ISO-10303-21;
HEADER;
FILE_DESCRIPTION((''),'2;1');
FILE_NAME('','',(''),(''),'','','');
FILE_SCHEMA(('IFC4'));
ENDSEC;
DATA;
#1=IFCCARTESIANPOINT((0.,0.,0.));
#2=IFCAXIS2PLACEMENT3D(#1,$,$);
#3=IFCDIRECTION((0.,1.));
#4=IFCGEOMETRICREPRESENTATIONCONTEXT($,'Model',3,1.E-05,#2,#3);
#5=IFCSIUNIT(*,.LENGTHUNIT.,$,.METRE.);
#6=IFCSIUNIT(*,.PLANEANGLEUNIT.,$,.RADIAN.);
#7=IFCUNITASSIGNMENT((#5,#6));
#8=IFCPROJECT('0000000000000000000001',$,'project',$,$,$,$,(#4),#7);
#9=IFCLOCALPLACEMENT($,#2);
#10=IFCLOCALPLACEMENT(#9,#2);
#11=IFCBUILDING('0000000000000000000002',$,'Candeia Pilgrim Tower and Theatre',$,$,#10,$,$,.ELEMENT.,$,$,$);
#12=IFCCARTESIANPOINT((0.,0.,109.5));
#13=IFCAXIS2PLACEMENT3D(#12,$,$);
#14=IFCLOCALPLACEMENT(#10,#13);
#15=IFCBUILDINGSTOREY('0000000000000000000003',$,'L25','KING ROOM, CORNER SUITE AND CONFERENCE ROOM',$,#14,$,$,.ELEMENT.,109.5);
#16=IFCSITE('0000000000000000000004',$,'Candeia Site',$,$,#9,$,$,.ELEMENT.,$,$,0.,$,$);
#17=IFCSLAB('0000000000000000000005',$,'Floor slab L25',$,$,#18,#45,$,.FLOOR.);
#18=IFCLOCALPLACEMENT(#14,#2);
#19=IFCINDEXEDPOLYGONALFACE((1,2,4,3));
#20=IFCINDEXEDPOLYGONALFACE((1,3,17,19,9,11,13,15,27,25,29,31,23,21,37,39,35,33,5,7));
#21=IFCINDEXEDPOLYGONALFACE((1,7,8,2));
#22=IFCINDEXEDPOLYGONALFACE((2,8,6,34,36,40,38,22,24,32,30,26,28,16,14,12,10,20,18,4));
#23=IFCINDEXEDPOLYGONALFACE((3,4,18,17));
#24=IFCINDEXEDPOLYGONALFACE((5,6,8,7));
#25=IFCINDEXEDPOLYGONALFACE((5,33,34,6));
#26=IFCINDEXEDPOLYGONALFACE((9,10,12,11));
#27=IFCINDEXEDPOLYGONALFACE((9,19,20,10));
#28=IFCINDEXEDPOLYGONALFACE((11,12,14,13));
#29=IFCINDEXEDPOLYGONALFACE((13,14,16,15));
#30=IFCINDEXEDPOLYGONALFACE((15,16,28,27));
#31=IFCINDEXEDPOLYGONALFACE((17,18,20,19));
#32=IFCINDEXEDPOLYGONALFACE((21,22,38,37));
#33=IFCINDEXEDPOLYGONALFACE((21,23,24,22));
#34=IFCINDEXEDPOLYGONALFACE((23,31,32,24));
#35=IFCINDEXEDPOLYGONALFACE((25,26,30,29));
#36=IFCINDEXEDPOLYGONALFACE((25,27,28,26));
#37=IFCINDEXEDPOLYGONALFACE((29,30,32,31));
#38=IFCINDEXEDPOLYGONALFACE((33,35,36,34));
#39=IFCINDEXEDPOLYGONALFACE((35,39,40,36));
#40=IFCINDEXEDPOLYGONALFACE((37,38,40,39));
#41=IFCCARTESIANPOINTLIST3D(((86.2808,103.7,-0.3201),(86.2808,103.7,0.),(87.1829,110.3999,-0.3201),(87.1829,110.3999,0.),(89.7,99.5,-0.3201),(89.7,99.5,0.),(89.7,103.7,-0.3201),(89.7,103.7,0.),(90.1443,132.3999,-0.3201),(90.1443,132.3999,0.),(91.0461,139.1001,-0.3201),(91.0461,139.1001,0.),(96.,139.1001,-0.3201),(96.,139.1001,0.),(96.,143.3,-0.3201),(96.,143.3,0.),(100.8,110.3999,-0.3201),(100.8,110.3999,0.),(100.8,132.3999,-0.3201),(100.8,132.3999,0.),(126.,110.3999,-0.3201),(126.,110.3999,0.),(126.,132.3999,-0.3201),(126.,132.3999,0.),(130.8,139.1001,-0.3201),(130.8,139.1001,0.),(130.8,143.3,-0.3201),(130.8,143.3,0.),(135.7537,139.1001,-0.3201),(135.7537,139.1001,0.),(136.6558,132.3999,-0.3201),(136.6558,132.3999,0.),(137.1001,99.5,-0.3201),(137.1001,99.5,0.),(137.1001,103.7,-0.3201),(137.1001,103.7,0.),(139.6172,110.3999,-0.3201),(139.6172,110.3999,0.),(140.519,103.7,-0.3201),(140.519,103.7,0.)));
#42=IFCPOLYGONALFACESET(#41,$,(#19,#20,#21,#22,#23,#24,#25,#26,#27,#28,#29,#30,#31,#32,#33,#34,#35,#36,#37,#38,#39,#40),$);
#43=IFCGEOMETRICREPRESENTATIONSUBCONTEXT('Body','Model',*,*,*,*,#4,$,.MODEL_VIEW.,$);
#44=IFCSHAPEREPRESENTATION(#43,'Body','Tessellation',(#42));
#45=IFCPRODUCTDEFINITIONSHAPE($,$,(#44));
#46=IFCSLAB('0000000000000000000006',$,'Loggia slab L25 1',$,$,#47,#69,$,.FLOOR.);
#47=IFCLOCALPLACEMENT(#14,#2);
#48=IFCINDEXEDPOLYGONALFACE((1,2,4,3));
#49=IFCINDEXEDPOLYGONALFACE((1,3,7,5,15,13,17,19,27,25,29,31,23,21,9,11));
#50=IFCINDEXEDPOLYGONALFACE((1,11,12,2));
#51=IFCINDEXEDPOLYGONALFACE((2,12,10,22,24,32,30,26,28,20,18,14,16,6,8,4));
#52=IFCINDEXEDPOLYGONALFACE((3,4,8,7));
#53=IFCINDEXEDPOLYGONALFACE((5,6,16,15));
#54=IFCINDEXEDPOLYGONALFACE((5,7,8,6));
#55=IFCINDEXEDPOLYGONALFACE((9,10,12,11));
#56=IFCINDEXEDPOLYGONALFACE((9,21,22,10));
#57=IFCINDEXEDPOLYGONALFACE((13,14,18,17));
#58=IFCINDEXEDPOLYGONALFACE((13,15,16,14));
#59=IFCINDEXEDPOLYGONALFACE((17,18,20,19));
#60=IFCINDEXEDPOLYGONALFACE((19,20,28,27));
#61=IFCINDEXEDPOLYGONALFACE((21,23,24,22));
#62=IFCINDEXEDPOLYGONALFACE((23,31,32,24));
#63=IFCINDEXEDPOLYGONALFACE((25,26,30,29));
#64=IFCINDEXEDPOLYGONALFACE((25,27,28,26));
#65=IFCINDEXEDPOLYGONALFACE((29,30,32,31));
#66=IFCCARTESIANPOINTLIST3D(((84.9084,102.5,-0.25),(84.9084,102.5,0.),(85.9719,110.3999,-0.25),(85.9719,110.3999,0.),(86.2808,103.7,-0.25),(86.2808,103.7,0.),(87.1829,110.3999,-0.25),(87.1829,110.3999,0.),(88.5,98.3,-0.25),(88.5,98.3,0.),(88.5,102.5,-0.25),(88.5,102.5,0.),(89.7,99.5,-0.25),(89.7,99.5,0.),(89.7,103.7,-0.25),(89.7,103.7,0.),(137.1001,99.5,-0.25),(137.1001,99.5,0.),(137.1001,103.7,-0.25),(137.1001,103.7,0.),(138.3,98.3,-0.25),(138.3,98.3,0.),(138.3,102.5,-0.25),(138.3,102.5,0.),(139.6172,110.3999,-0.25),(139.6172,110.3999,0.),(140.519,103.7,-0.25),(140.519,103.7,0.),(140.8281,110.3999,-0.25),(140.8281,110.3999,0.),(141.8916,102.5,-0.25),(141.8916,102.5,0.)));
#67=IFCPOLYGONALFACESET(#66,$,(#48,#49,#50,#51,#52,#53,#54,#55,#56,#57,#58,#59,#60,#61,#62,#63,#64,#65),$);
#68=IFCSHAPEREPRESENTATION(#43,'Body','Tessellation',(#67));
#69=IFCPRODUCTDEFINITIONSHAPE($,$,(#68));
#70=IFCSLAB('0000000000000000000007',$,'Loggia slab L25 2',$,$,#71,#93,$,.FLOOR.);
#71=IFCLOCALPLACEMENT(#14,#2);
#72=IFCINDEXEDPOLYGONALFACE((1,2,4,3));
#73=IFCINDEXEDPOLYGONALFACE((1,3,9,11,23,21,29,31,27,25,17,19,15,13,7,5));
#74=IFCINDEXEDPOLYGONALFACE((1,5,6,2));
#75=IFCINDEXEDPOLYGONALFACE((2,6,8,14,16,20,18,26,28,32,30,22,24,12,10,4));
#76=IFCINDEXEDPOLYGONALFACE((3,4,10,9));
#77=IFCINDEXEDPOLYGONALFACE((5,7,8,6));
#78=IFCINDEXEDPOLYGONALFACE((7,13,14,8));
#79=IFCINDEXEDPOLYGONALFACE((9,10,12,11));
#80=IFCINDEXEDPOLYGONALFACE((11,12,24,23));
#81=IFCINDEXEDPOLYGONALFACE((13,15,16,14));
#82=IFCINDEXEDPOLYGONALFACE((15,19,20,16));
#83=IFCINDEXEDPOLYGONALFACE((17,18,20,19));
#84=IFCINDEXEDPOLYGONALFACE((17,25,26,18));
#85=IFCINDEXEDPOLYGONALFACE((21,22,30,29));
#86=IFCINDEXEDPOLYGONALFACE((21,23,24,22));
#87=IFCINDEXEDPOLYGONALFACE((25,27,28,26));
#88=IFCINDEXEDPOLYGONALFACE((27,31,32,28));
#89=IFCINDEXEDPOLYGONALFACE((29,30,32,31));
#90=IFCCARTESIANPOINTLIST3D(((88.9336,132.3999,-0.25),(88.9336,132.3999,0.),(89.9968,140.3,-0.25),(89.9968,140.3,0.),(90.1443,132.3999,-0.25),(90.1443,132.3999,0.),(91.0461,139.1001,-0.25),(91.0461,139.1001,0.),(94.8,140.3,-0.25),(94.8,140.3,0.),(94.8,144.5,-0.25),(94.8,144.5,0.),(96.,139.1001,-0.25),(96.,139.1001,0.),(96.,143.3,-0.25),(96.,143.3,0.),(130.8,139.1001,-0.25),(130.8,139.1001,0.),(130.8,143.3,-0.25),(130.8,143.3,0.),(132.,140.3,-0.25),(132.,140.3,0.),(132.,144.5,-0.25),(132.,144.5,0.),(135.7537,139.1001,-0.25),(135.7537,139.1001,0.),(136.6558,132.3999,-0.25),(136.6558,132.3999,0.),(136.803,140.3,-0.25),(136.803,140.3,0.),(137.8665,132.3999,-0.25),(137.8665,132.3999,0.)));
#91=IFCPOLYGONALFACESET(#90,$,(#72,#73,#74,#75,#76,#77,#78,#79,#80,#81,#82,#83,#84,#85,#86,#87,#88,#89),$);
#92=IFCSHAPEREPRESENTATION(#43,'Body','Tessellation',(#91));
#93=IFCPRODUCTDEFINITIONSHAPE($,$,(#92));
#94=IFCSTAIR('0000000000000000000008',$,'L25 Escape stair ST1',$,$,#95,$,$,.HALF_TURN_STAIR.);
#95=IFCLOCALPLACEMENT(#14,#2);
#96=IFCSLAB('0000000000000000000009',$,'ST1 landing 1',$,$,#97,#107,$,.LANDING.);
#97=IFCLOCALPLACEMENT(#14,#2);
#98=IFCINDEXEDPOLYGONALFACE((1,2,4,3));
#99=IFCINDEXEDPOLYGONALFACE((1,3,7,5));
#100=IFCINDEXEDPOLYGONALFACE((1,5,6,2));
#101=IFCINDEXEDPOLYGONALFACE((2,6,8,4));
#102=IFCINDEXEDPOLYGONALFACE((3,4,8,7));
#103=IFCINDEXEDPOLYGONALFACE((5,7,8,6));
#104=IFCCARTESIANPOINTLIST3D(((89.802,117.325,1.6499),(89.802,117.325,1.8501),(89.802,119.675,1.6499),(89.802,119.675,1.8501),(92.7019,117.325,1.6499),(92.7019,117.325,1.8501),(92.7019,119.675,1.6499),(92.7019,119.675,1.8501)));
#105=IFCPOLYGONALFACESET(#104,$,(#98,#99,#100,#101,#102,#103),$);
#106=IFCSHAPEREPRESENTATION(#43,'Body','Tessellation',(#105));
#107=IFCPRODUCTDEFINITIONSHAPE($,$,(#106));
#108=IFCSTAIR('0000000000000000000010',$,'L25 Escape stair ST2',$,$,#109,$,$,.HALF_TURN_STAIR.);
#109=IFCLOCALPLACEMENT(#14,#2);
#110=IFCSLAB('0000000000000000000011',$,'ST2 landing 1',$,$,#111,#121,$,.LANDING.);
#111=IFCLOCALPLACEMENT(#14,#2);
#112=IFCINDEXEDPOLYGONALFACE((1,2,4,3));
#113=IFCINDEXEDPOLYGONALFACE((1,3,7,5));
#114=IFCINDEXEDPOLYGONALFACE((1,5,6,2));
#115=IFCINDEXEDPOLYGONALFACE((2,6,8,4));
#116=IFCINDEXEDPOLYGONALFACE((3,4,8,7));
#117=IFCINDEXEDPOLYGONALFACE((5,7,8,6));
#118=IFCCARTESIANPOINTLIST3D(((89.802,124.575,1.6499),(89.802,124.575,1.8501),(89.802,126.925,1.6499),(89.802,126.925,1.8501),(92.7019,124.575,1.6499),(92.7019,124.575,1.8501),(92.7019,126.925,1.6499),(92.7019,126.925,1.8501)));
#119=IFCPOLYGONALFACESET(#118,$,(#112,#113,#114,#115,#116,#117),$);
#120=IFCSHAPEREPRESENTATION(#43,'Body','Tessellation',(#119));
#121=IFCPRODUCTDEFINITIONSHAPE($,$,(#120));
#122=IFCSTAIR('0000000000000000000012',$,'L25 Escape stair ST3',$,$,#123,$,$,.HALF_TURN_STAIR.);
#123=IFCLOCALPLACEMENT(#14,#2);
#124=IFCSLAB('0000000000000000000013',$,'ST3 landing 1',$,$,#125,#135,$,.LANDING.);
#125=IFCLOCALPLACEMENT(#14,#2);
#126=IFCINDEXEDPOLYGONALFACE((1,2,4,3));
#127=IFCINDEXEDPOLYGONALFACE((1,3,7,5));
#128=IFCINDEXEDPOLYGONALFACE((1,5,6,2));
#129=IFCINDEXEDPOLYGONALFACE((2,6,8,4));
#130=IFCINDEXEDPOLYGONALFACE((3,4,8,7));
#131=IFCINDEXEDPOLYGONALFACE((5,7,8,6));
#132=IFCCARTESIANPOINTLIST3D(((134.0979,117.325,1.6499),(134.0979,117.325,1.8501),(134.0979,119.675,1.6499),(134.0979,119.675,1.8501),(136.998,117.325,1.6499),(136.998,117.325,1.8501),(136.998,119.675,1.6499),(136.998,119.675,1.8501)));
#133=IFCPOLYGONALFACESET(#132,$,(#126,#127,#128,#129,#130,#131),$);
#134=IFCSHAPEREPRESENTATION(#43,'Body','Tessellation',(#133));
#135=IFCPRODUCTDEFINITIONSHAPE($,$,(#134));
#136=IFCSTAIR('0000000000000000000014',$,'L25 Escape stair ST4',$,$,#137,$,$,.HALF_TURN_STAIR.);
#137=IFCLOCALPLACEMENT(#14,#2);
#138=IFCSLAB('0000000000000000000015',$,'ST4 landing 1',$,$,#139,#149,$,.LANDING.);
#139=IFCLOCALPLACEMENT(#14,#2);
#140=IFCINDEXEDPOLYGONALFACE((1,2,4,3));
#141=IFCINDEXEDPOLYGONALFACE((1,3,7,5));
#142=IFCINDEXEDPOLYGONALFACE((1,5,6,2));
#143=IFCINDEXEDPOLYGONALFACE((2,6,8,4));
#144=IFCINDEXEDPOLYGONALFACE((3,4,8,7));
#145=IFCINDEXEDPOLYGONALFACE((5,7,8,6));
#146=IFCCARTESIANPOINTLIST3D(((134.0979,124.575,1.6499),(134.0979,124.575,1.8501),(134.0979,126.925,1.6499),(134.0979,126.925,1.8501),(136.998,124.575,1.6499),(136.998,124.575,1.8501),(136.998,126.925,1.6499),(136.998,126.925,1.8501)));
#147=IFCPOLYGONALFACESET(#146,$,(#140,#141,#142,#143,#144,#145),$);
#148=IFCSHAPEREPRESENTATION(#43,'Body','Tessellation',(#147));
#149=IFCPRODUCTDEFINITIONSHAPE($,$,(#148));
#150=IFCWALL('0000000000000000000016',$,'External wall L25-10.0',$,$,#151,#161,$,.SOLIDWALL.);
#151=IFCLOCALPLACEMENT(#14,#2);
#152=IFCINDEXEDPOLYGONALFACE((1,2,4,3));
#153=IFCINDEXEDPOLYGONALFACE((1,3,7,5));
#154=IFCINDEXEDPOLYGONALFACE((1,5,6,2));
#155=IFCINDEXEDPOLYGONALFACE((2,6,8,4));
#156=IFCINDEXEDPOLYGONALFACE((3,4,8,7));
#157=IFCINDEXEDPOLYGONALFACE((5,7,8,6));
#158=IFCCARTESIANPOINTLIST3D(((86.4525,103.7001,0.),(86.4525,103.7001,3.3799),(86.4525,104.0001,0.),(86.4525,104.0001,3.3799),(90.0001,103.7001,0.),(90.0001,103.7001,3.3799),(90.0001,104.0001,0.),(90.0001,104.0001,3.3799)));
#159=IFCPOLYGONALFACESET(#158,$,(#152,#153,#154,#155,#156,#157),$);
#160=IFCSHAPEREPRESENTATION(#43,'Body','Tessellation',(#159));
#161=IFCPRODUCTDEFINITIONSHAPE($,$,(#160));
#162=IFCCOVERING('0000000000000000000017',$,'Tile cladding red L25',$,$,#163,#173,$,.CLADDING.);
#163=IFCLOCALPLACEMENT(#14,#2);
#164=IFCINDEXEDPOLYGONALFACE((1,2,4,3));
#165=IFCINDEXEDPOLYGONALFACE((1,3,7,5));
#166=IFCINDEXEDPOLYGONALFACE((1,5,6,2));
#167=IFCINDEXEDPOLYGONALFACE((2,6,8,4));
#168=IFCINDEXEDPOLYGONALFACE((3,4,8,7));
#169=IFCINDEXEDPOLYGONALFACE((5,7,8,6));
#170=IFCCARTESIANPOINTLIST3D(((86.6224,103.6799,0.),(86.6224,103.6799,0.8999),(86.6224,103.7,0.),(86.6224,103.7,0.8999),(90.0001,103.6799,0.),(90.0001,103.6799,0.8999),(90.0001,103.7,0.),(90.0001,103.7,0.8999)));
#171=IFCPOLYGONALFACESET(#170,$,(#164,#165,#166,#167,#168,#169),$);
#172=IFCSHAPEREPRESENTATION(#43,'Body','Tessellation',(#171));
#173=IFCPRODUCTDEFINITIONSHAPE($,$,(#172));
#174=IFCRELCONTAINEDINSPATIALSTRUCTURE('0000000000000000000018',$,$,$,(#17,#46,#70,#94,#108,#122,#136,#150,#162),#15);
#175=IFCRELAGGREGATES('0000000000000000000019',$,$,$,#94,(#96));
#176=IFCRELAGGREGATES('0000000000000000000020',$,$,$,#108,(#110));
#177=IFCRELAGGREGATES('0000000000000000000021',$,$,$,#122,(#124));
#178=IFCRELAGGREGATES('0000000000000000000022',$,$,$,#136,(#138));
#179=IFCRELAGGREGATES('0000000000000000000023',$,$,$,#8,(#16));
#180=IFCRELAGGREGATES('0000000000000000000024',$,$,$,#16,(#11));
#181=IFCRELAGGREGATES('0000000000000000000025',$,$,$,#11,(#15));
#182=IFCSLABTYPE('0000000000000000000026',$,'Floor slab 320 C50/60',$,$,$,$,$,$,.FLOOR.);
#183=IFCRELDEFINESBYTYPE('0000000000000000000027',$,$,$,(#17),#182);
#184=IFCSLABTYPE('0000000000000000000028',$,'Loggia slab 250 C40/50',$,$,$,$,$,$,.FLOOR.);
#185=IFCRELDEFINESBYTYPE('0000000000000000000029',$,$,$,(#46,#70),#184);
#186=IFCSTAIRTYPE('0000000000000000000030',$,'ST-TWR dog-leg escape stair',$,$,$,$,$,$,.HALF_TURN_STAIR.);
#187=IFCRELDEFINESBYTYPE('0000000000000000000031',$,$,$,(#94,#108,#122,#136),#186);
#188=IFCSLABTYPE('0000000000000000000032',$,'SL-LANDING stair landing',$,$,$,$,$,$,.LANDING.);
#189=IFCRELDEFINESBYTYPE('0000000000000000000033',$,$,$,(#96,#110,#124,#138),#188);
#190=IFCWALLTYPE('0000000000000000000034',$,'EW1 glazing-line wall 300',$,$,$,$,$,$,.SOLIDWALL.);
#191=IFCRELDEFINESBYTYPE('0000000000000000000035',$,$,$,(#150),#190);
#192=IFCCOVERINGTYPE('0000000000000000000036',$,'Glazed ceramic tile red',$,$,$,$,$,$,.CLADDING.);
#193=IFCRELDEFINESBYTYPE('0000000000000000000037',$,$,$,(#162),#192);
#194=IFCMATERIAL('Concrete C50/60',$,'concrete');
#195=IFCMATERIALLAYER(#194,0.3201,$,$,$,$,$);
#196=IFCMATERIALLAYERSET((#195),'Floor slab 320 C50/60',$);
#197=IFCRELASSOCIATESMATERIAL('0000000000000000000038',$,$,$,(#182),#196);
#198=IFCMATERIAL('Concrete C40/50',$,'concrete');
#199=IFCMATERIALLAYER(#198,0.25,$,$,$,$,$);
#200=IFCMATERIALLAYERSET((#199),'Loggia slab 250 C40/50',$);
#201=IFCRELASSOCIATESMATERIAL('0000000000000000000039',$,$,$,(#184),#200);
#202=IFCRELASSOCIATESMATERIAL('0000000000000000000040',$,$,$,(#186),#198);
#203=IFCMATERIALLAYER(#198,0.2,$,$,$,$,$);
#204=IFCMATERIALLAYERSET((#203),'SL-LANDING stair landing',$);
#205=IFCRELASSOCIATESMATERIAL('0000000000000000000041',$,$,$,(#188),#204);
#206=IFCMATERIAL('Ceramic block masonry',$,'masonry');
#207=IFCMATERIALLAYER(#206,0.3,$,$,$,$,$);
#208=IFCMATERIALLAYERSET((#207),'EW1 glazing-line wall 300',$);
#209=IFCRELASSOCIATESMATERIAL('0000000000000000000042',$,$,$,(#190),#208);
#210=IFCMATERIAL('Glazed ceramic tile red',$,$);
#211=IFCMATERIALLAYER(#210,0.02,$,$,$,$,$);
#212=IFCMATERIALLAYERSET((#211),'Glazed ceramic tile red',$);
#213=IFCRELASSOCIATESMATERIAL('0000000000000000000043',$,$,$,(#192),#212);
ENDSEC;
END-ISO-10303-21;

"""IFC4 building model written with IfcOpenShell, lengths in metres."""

from ifc_helpers import new_model, si_unit, direction, frame, frame_2d, origin, origin_2d, place, context, subcontext, project, spatial, polyline, rectangle, outline, extrude, material, layer, layer_set, type_object, element, aggregate, save


model = new_model("IFC4")

# Units and contexts
model_context = context("Model", 3, precision=1e-05, world=origin(), true_north=direction((0.0, 1.0)))
body_context = subcontext(model_context, "Body", "Model", "MODEL_VIEW")
ifc_project = project(units=[si_unit("LENGTHUNIT", "METRE"), si_unit("PLANEANGLEUNIT", "RADIAN")], contexts=[model_context])

# Site, building, storey
site_placement = place(None, origin())
site = spatial("IfcSite", under=ifc_project, at=site_placement, Name="Candeia Site", CompositionType="ELEMENT", RefElevation=0.0)
building_placement = place(site_placement, origin())
building = spatial("IfcBuilding", under=site, at=building_placement, Name="Candeia Pilgrim Tower and Theatre", CompositionType="ELEMENT")
storey_placement = place(building_placement, frame((0.0, 0.0, 109.5)))
storey = spatial("IfcBuildingStorey", under=building, at=storey_placement, Name="L25", Description="KING ROOM, CORNER SUITE AND CONFERENCE ROOM", CompositionType="ELEMENT", Elevation=109.5)

# Slabs
ifc_material_1 = material(Name="Concrete C40/50", Category="concrete")
ifc_material_2 = material(Name="Concrete C50/60", Category="concrete")
ifc_layer_1 = layer(ifc_material_2, 0.3201)
ifc_layer_set_1 = layer_set([ifc_layer_1], Name="Floor slab 320 C50/60")
slab_type_1 = type_object("IfcSlabType", Name="Floor slab 320 C50/60", PredefinedType="FLOOR", material=ifc_layer_set_1)
slab_1_placement = place(storey_placement, frame((0.0, 0.0, -0.3201)))
element("IfcSlab", 1, at=slab_1_placement, inside=storey, type_object=slab_type_1, Name="Floor slab L25", PredefinedType="FLOOR", context=body_context, shape_type="SweptSolid", body=[
    extrude(outline(polyline([(96.0, 139.1001), (96.0, 143.3), (130.8, 143.3), (130.8, 139.1001), (135.7537, 139.1001), (136.6558, 132.3999), (126.0, 132.3999), (126.0, 110.3999), (139.6172, 110.3999), (140.519, 103.7), (137.1001, 103.7), (137.1001, 99.5), (89.7, 99.5), (89.7, 103.7), (86.2808, 103.7), (87.1829, 110.3999), (100.8, 110.3999), (100.8, 132.3999), (90.1443, 132.3999), (91.0461, 139.1001), (96.0, 139.1001)])), origin(), (0.0, 0.0, 1.0), 0.3201),
])
ifc_layer_2 = layer(ifc_material_1, 0.25)
ifc_layer_set_2 = layer_set([ifc_layer_2], Name="Loggia slab 250 C40/50")
slab_type_2 = type_object("IfcSlabType", Name="Loggia slab 250 C40/50", PredefinedType="FLOOR", material=ifc_layer_set_2)
slab_2_placement = place(storey_placement, frame((0.0, 0.0, -0.25)))
element("IfcSlab", 2, at=slab_2_placement, inside=storey, type_object=slab_type_2, Name="Loggia slab L25 1", PredefinedType="FLOOR", context=body_context, shape_type="SweptSolid", body=[
    extrude(outline(polyline([(87.1829, 110.3999), (86.2808, 103.7), (89.7, 103.7), (89.7, 99.5), (137.1001, 99.5), (137.1001, 103.7), (140.519, 103.7), (139.6172, 110.3999), (140.8281, 110.3999), (141.8916, 102.5), (138.3, 102.5), (138.3, 98.3), (88.5, 98.3), (88.5, 102.5), (84.9084, 102.5), (85.9719, 110.3999), (87.1829, 110.3999)])), origin(), (0.0, 0.0, 1.0), 0.25),
])
slab_3_placement = place(storey_placement, frame((0.0, 0.0, -0.25)))
element("IfcSlab", 3, at=slab_3_placement, inside=storey, type_object=slab_type_2, Name="Loggia slab L25 2", PredefinedType="FLOOR", context=body_context, shape_type="SweptSolid", body=[
    extrude(outline(polyline([(136.6558, 132.3999), (135.7537, 139.1001), (130.8, 139.1001), (130.8, 143.3), (96.0, 143.3), (96.0, 139.1001), (91.0461, 139.1001), (90.1443, 132.3999), (88.9336, 132.3999), (89.9968, 140.3), (94.8, 140.3), (94.8, 144.5), (132.0, 144.5), (132.0, 140.3), (136.803, 140.3), (137.8665, 132.3999), (136.6558, 132.3999)])), origin(), (0.0, 0.0, 1.0), 0.25),
])

# Stairs, slabs
stair_type = type_object("IfcStairType", Name="ST-TWR dog-leg escape stair", PredefinedType="HALF_TURN_STAIR", material=ifc_material_1)
stair_1_placement = place(storey_placement, origin())
stair_1 = element("IfcStair", 4, at=stair_1_placement, inside=storey, type_object=stair_type, Name="L25 Escape stair ST1", PredefinedType="HALF_TURN_STAIR")
ifc_layer_3 = layer(ifc_material_1, 0.2)
ifc_layer_set_3 = layer_set([ifc_layer_3], Name="SL-LANDING stair landing")
slab_type_3 = type_object("IfcSlabType", Name="SL-LANDING stair landing", PredefinedType="LANDING", material=ifc_layer_set_3)
slab_4_placement = place(storey_placement, frame((0.0, 0.0, 1.6499)))
slab_4 = element("IfcSlab", 5, at=slab_4_placement, type_object=slab_type_3, Name="ST1 landing 1", PredefinedType="LANDING", context=body_context, shape_type="SweptSolid", body=[
    extrude(outline(polyline([(89.802, 119.675), (89.802, 117.325), (92.7019, 117.325), (92.7019, 119.675), (89.802, 119.675)])), origin(), (0.0, 0.0, 1.0), 0.2002),
])
aggregate(stair_1, [slab_4])
stair_2_placement = place(storey_placement, origin())
stair_2 = element("IfcStair", 6, at=stair_2_placement, inside=storey, type_object=stair_type, Name="L25 Escape stair ST2", PredefinedType="HALF_TURN_STAIR")
slab_5_placement = place(storey_placement, frame((0.0, 0.0, 1.6499)))
slab_5 = element("IfcSlab", 7, at=slab_5_placement, type_object=slab_type_3, Name="ST2 landing 1", PredefinedType="LANDING", context=body_context, shape_type="SweptSolid", body=[
    extrude(outline(polyline([(89.802, 126.925), (89.802, 124.575), (92.7019, 124.575), (92.7019, 126.925), (89.802, 126.925)])), origin(), (0.0, 0.0, 1.0), 0.2002),
])
aggregate(stair_2, [slab_5])
stair_3_placement = place(storey_placement, origin())
stair_3 = element("IfcStair", 8, at=stair_3_placement, inside=storey, type_object=stair_type, Name="L25 Escape stair ST3", PredefinedType="HALF_TURN_STAIR")
slab_6_placement = place(storey_placement, frame((0.0, 0.0, 1.6499)))
slab_6 = element("IfcSlab", 9, at=slab_6_placement, type_object=slab_type_3, Name="ST3 landing 1", PredefinedType="LANDING", context=body_context, shape_type="SweptSolid", body=[
    extrude(outline(polyline([(134.0979, 119.675), (134.0979, 117.325), (136.998, 117.325), (136.998, 119.675), (134.0979, 119.675)])), origin(), (0.0, 0.0, 1.0), 0.2002),
])
aggregate(stair_3, [slab_6])
stair_4_placement = place(storey_placement, origin())
stair_4 = element("IfcStair", 10, at=stair_4_placement, inside=storey, type_object=stair_type, Name="L25 Escape stair ST4", PredefinedType="HALF_TURN_STAIR")
slab_7_placement = place(storey_placement, frame((0.0, 0.0, 1.6499)))
slab_7 = element("IfcSlab", 11, at=slab_7_placement, type_object=slab_type_3, Name="ST4 landing 1", PredefinedType="LANDING", context=body_context, shape_type="SweptSolid", body=[
    extrude(outline(polyline([(134.0979, 126.925), (134.0979, 124.575), (136.998, 124.575), (136.998, 126.925), (134.0979, 126.925)])), origin(), (0.0, 0.0, 1.0), 0.2002),
])
aggregate(stair_4, [slab_7])

# Wall
ifc_material_3 = material(Name="Ceramic block masonry", Category="masonry")
ifc_layer_4 = layer(ifc_material_3, 0.3)
ifc_layer_set_4 = layer_set([ifc_layer_4], Name="EW1 glazing-line wall 300")
wall_type = type_object("IfcWallType", Name="EW1 glazing-line wall 300", PredefinedType="SOLIDWALL", material=ifc_layer_set_4)
wall_placement = place(storey_placement, frame((86.4524, 103.8501, 0.0), z_axis=(0.0, 0.0, 1.0), x_axis=(1.0, 0.0, 0.0)))
element("IfcWall", 12, at=wall_placement, inside=storey, type_object=wall_type, Name="External wall L25-10.0", PredefinedType="SOLIDWALL", context=body_context, shape_type="SweptSolid", body=[
    extrude(rectangle(XDim=3.5476, YDim=0.3, at=frame_2d((1.7739, 0.0))), origin(), (0.0, 0.0, 1.0), 3.3799),
])

# Covering
ifc_material_4 = material(Name="Glazed ceramic tile red")
ifc_layer_5 = layer(ifc_material_4, 0.02)
ifc_layer_set_5 = layer_set([ifc_layer_5], Name="Glazed ceramic tile red")
covering_type = type_object("IfcCoveringType", Name="Glazed ceramic tile red", PredefinedType="CLADDING", material=ifc_layer_set_5)
covering_placement = place(storey_placement, frame((88.3113, 103.6899, 0.0), z_axis=(0.0, 0.0, 1.0), x_axis=(1.0, 0.0, 0.0)))
element("IfcCovering", 13, at=covering_placement, inside=storey, type_object=covering_type, Name="Tile cladding red L25", PredefinedType="CLADDING", context=body_context, shape_type="SweptSolid", body=[
    extrude(rectangle(XDim=3.3777, YDim=0.02, at=origin_2d()), origin(), (0.0, 0.0, 1.0), 0.8999),
])

save(model, "model.ifc")
